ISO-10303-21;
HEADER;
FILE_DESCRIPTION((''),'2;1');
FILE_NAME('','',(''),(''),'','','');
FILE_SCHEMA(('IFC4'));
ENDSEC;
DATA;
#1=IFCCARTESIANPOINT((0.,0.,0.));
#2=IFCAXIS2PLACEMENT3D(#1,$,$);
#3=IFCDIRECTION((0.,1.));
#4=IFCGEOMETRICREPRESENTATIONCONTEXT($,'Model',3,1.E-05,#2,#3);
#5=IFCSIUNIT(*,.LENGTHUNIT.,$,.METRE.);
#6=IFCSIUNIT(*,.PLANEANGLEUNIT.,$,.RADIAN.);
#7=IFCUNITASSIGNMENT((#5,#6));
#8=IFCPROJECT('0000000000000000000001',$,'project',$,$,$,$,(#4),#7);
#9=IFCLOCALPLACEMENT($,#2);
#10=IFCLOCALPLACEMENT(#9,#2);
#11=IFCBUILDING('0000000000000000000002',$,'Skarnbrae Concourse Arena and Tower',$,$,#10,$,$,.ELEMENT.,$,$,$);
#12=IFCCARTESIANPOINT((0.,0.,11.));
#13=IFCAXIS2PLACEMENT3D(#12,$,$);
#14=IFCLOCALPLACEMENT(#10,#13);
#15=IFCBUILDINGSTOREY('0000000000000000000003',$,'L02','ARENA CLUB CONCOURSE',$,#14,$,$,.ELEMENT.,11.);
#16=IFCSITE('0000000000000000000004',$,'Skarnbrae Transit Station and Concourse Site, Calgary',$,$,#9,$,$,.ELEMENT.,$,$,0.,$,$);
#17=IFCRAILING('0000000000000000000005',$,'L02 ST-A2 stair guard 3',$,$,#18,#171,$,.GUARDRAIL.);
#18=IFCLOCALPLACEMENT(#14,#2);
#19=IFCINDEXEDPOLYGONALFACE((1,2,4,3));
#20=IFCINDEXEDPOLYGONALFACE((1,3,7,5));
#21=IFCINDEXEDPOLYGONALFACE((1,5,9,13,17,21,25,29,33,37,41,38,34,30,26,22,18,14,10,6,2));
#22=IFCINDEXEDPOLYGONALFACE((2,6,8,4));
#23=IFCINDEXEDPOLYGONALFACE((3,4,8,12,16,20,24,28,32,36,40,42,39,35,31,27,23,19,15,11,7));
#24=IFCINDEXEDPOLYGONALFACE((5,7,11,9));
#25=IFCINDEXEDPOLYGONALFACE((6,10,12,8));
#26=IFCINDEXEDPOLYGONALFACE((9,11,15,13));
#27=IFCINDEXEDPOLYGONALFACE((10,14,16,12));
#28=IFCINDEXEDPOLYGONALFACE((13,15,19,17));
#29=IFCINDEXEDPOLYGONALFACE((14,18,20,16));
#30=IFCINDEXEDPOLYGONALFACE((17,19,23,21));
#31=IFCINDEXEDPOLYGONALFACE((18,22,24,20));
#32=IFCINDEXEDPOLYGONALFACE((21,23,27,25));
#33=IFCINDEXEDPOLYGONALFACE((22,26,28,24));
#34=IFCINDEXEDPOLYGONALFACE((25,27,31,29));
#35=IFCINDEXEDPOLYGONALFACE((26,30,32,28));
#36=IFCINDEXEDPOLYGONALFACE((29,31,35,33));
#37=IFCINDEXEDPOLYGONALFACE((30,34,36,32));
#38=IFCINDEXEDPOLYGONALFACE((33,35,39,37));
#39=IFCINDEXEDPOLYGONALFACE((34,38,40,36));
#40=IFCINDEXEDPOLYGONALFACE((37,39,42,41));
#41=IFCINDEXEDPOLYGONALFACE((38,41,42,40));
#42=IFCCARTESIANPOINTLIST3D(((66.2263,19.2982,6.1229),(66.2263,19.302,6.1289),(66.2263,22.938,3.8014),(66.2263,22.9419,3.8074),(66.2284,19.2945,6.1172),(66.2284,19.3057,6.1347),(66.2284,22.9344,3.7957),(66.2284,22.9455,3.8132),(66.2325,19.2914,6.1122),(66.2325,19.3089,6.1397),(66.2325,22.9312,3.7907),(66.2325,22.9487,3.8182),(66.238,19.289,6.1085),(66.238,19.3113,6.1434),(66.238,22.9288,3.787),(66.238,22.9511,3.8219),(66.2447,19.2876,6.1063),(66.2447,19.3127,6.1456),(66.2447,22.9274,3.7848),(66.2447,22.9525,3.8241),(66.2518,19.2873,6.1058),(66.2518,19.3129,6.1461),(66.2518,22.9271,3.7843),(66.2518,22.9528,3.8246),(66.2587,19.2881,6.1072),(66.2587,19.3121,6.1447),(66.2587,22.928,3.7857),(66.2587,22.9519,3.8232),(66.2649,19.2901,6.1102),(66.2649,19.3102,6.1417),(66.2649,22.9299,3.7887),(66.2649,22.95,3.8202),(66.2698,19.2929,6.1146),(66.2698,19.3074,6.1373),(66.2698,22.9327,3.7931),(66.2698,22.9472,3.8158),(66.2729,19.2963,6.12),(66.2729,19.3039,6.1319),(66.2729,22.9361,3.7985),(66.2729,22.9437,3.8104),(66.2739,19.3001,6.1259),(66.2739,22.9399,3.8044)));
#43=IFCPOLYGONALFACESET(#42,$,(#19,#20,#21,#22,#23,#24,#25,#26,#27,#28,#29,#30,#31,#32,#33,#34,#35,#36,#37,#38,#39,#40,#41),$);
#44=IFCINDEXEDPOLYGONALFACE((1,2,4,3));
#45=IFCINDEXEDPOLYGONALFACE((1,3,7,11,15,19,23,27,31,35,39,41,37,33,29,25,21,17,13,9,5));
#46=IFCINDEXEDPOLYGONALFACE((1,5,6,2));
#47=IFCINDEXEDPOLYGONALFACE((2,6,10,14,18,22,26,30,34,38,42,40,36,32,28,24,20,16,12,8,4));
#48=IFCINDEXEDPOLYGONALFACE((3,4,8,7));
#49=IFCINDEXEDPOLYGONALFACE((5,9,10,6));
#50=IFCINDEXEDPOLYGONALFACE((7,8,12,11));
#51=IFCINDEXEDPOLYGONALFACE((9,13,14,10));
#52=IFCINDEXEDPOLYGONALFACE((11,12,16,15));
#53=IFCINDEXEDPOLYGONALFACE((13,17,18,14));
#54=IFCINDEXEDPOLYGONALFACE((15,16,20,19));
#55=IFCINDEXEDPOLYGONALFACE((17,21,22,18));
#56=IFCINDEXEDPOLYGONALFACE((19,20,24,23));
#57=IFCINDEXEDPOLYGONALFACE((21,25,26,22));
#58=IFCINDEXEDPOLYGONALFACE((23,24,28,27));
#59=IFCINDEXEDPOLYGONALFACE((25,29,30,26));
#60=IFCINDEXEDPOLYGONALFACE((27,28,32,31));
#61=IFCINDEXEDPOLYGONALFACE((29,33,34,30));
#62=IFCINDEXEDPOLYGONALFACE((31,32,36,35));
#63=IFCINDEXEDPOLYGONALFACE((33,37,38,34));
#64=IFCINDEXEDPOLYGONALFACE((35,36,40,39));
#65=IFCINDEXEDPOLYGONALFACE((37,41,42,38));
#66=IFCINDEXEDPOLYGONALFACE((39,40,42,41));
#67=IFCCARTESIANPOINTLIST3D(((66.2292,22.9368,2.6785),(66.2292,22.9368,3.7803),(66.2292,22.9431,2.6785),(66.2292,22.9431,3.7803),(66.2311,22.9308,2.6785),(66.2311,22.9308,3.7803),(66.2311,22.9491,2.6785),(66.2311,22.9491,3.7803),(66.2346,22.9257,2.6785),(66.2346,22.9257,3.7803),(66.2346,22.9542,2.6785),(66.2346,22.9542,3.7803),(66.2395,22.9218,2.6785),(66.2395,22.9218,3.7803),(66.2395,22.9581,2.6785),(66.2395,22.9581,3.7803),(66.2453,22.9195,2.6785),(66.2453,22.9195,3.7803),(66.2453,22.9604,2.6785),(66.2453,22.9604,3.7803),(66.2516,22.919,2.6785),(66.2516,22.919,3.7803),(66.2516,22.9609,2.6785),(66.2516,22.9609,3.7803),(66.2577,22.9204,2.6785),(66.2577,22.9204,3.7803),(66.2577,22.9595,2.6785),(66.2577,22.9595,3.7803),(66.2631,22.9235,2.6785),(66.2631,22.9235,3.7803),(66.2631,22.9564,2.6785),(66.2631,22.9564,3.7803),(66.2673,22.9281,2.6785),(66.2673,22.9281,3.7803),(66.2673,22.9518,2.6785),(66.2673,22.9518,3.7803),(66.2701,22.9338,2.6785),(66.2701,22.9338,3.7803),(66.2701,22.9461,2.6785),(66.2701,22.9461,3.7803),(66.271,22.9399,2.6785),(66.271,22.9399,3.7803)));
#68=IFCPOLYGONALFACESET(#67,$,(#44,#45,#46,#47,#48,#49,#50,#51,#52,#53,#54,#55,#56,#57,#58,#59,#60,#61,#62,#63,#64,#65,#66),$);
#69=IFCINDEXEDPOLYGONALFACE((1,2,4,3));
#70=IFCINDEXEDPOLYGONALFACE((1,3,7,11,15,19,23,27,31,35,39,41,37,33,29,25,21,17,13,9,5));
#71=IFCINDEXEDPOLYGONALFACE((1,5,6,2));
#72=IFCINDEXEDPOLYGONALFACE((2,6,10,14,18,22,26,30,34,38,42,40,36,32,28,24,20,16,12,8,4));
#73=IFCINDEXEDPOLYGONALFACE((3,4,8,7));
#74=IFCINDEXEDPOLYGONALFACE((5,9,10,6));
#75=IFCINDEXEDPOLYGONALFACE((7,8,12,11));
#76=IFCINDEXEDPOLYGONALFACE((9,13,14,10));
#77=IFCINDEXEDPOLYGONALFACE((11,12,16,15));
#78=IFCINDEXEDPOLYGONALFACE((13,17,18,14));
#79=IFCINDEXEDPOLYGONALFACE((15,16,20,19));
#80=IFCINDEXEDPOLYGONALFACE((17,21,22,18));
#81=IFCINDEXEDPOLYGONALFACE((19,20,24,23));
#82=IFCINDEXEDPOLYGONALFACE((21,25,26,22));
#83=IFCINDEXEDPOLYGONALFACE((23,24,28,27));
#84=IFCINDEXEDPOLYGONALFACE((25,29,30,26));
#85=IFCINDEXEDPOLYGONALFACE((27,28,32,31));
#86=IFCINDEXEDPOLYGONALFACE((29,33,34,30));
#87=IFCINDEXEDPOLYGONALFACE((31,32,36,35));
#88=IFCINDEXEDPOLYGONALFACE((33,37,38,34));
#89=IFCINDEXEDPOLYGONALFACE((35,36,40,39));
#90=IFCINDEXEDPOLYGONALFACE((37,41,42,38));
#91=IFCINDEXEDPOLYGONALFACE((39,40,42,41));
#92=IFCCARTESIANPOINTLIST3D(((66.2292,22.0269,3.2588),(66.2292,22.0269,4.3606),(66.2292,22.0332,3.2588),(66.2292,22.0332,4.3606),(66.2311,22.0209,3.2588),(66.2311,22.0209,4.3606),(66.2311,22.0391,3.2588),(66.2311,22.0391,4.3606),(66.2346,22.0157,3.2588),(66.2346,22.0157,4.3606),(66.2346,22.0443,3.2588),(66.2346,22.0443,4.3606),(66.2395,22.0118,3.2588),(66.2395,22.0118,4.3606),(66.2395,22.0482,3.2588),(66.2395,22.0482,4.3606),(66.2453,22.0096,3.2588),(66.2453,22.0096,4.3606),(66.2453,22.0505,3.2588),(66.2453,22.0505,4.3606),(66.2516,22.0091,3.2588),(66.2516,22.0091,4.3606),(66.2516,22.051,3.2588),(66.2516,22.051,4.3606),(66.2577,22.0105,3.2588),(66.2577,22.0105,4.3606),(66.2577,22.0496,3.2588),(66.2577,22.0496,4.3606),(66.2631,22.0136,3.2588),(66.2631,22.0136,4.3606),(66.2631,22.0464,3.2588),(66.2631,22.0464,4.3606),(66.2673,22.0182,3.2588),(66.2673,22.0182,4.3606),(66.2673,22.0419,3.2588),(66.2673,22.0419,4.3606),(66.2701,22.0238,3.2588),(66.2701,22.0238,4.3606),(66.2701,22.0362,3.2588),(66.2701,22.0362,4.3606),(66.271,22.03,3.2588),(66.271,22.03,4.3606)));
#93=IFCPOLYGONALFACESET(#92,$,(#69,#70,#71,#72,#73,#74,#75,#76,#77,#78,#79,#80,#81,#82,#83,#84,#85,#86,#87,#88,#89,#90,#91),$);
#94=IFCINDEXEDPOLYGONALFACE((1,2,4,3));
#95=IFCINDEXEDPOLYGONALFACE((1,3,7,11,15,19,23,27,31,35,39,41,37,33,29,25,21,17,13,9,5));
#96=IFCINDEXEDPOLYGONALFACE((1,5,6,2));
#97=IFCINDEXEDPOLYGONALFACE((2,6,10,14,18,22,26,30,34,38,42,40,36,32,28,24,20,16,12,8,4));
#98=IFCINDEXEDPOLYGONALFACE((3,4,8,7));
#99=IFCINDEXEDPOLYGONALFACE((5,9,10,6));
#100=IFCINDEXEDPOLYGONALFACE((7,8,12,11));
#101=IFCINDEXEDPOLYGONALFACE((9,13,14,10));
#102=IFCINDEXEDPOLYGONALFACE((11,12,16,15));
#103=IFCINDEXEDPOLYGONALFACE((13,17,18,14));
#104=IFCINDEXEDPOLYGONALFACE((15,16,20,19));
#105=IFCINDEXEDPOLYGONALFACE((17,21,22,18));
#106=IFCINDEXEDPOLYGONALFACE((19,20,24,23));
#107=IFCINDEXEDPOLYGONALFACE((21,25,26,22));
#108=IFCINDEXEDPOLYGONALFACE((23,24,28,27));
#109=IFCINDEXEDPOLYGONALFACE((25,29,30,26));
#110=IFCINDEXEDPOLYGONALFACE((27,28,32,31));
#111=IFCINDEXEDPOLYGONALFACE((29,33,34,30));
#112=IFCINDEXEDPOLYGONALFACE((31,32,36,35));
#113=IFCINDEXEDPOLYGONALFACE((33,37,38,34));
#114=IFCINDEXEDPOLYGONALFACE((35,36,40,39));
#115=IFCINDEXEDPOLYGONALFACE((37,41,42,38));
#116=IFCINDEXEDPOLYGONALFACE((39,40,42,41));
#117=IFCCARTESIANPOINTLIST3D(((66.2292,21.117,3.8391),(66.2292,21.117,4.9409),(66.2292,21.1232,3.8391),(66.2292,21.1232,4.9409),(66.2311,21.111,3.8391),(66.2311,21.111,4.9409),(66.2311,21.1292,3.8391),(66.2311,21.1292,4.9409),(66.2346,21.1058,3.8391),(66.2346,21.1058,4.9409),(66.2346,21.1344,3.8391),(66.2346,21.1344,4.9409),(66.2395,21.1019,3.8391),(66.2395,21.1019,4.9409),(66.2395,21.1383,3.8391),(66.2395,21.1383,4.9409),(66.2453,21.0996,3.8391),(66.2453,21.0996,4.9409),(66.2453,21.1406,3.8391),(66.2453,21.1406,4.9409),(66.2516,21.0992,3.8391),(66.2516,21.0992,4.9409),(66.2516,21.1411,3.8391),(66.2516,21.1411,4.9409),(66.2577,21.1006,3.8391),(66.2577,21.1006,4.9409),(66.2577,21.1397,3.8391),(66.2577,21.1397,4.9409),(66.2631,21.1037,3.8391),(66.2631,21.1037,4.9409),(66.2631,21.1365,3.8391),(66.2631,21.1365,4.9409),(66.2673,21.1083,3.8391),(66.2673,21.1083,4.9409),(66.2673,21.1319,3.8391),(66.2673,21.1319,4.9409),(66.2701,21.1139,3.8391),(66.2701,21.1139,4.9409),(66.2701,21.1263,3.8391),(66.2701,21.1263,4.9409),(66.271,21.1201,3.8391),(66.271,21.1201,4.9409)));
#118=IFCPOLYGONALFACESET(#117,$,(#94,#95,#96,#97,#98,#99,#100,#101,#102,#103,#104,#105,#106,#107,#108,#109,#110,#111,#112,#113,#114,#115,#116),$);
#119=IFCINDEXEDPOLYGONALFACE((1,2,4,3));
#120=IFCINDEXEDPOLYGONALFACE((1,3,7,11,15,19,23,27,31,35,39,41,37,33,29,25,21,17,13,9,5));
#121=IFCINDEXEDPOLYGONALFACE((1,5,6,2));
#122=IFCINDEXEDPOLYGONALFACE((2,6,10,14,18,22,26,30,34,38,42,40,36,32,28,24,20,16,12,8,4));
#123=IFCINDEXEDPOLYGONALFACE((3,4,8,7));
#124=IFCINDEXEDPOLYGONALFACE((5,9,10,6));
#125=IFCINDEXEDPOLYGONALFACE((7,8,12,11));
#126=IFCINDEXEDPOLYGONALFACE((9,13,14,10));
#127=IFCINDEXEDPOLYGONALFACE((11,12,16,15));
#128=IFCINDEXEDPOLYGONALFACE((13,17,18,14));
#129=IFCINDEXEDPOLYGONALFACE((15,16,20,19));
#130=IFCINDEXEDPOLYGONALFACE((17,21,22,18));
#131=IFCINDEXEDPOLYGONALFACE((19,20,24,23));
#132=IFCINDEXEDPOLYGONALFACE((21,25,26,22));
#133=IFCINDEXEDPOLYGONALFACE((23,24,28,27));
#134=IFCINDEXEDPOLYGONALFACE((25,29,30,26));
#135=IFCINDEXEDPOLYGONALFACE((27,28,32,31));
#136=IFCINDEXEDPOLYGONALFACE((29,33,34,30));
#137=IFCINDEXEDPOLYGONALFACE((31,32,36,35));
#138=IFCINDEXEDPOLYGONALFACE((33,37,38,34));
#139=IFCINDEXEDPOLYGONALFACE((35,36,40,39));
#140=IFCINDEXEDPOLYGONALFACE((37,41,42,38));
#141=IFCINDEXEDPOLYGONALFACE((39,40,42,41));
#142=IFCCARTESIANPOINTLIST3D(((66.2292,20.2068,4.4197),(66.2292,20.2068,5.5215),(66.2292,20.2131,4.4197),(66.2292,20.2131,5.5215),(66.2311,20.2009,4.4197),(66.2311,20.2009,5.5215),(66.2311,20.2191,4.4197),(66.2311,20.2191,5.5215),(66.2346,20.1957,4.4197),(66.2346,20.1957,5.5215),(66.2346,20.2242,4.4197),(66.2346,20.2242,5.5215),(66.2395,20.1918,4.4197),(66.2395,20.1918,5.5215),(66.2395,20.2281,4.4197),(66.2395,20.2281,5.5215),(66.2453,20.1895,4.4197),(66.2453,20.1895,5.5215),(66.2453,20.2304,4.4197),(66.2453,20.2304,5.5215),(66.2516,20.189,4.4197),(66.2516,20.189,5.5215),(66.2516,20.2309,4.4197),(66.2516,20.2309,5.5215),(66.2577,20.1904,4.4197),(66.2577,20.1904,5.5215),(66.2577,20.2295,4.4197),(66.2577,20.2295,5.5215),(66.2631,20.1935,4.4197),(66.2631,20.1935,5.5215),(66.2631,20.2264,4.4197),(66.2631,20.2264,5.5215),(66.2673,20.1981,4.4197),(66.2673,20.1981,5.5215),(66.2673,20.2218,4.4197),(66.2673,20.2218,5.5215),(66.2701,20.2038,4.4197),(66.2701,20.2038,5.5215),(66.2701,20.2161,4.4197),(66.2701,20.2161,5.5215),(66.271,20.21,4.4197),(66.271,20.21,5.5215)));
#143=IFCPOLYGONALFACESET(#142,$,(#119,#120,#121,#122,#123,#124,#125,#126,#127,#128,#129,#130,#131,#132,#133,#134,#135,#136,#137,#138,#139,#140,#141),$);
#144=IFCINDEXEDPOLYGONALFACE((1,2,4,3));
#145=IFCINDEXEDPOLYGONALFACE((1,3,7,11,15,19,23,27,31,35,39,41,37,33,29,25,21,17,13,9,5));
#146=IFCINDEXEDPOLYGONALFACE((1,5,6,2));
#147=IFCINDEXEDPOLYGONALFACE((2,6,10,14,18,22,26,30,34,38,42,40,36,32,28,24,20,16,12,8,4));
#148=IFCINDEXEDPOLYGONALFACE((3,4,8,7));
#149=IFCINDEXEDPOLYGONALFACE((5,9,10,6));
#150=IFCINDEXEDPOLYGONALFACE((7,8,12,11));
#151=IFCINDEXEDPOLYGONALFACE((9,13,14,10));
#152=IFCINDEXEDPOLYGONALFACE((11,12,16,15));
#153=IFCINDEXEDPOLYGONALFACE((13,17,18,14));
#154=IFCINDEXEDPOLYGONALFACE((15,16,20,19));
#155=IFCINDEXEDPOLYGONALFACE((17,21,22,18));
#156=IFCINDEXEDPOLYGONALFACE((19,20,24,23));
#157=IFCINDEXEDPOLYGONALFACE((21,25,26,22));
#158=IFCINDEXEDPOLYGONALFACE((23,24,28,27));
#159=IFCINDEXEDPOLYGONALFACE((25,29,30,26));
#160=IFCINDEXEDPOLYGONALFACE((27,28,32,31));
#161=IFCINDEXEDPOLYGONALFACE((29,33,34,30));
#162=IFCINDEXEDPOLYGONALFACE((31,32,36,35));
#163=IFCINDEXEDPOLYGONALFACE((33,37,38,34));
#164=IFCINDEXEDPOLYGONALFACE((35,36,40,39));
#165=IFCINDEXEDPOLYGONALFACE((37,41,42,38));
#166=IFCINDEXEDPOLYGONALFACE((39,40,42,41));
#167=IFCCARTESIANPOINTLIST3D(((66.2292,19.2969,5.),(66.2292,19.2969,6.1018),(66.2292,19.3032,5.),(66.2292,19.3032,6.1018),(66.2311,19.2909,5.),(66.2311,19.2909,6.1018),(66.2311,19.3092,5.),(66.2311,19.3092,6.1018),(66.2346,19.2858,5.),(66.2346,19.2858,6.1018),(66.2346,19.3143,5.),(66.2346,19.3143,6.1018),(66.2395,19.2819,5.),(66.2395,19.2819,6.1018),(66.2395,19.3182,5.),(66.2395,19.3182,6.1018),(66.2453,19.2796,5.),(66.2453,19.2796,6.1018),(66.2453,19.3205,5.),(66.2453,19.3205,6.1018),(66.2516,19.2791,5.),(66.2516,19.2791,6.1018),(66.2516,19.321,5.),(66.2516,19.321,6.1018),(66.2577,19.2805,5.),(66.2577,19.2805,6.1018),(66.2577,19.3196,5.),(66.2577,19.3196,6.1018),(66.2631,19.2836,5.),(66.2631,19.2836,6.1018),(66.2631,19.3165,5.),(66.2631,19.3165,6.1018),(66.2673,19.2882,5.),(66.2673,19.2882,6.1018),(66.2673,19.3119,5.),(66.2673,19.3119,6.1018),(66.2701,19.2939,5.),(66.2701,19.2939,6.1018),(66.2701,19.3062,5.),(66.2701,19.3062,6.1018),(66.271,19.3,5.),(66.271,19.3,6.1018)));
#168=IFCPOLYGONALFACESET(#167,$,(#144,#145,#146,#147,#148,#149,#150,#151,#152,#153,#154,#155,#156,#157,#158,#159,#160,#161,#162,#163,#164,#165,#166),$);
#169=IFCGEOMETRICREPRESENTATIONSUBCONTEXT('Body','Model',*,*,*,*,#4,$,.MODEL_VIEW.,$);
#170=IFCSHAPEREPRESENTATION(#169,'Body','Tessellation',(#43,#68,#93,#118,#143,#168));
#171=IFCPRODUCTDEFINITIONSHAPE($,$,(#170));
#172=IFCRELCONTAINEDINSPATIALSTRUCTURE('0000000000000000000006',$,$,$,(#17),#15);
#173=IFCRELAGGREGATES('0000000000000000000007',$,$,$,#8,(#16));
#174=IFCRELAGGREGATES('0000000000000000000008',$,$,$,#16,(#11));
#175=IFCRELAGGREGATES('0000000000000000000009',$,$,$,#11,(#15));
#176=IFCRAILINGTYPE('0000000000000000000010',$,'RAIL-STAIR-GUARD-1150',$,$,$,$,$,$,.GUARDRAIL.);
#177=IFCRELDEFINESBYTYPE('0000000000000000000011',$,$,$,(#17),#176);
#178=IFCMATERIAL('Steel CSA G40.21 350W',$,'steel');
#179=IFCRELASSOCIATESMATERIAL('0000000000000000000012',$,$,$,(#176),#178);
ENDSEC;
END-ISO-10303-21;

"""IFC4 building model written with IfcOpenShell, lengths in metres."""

from ifc_helpers import new_model, si_unit, direction, frame, origin, origin_2d, place, context, subcontext, project, spatial, circle, extrude, material, type_object, element, save


model = new_model("IFC4")

# Units and contexts
model_context = context("Model", 3, precision=1e-05, world=origin(), true_north=direction((0.0, 1.0)))
body_context = subcontext(model_context, "Body", "Model", "MODEL_VIEW")
ifc_project = project(units=[si_unit("LENGTHUNIT", "METRE"), si_unit("PLANEANGLEUNIT", "RADIAN")], contexts=[model_context])

# Site, building, storey
site_placement = place(None, origin())
site = spatial("IfcSite", under=ifc_project, at=site_placement, Name="Skarnbrae Transit Station and Concourse Site, Calgary", CompositionType="ELEMENT", RefElevation=0.0)
building_placement = place(site_placement, origin())
building = spatial("IfcBuilding", under=site, at=building_placement, Name="Skarnbrae Concourse Arena and Tower", CompositionType="ELEMENT")
storey_placement = place(building_placement, frame((0.0, 0.0, 11.0)))
storey = spatial("IfcBuildingStorey", under=building, at=storey_placement, Name="L02", Description="ARENA CLUB CONCOURSE", CompositionType="ELEMENT", Elevation=11.0)

# Shared definitions
ifc_material_1 = material(Name="Steel CSA G40.21 350W", Category="steel")

# Railing
railing_type_1 = type_object("IfcRailingType", Name="RAIL-STAIR-GUARD-1150", PredefinedType="GUARDRAIL", material=ifc_material_1)
railing_1_placement = place(storey_placement, frame((66.25, 22.9399, 2.6785)))
element("IfcRailing", 1, at=railing_1_placement, inside=storey, type_object=railing_type_1, Name="L02 ST-A2 stair guard 3", PredefinedType="GUARDRAIL", context=body_context, shape_type="SweptSolid", body=[
    extrude(circle(Radius=0.0239, at=origin_2d()), frame((0.0, 0.0, 1.126), z_axis=(0.0, -0.843112, 0.537739), x_axis=(1.0, 0.0, 0.0)), (0.0, 0.0, 1.0), 4.3171),
    extrude(circle(Radius=0.021, at=origin_2d()), origin(), (0.0, 0.0, 1.0), 1.1018),
    extrude(circle(Radius=0.021, at=origin_2d()), frame((0.0, -0.9099, 0.5803)), (0.0, 0.0, 1.0), 1.1018),
    extrude(circle(Radius=0.021, at=origin_2d()), frame((0.0, -1.8198, 1.1606)), (0.0, 0.0, 1.0), 1.1018),
    extrude(circle(Radius=0.021, at=origin_2d()), frame((0.0, -2.73, 1.7412)), (0.0, 0.0, 1.0), 1.1018),
    extrude(circle(Radius=0.021, at=origin_2d()), frame((0.0, -3.6399, 2.3215)), (0.0, 0.0, 1.0), 1.1018),
])

save(model, "model.ifc")
